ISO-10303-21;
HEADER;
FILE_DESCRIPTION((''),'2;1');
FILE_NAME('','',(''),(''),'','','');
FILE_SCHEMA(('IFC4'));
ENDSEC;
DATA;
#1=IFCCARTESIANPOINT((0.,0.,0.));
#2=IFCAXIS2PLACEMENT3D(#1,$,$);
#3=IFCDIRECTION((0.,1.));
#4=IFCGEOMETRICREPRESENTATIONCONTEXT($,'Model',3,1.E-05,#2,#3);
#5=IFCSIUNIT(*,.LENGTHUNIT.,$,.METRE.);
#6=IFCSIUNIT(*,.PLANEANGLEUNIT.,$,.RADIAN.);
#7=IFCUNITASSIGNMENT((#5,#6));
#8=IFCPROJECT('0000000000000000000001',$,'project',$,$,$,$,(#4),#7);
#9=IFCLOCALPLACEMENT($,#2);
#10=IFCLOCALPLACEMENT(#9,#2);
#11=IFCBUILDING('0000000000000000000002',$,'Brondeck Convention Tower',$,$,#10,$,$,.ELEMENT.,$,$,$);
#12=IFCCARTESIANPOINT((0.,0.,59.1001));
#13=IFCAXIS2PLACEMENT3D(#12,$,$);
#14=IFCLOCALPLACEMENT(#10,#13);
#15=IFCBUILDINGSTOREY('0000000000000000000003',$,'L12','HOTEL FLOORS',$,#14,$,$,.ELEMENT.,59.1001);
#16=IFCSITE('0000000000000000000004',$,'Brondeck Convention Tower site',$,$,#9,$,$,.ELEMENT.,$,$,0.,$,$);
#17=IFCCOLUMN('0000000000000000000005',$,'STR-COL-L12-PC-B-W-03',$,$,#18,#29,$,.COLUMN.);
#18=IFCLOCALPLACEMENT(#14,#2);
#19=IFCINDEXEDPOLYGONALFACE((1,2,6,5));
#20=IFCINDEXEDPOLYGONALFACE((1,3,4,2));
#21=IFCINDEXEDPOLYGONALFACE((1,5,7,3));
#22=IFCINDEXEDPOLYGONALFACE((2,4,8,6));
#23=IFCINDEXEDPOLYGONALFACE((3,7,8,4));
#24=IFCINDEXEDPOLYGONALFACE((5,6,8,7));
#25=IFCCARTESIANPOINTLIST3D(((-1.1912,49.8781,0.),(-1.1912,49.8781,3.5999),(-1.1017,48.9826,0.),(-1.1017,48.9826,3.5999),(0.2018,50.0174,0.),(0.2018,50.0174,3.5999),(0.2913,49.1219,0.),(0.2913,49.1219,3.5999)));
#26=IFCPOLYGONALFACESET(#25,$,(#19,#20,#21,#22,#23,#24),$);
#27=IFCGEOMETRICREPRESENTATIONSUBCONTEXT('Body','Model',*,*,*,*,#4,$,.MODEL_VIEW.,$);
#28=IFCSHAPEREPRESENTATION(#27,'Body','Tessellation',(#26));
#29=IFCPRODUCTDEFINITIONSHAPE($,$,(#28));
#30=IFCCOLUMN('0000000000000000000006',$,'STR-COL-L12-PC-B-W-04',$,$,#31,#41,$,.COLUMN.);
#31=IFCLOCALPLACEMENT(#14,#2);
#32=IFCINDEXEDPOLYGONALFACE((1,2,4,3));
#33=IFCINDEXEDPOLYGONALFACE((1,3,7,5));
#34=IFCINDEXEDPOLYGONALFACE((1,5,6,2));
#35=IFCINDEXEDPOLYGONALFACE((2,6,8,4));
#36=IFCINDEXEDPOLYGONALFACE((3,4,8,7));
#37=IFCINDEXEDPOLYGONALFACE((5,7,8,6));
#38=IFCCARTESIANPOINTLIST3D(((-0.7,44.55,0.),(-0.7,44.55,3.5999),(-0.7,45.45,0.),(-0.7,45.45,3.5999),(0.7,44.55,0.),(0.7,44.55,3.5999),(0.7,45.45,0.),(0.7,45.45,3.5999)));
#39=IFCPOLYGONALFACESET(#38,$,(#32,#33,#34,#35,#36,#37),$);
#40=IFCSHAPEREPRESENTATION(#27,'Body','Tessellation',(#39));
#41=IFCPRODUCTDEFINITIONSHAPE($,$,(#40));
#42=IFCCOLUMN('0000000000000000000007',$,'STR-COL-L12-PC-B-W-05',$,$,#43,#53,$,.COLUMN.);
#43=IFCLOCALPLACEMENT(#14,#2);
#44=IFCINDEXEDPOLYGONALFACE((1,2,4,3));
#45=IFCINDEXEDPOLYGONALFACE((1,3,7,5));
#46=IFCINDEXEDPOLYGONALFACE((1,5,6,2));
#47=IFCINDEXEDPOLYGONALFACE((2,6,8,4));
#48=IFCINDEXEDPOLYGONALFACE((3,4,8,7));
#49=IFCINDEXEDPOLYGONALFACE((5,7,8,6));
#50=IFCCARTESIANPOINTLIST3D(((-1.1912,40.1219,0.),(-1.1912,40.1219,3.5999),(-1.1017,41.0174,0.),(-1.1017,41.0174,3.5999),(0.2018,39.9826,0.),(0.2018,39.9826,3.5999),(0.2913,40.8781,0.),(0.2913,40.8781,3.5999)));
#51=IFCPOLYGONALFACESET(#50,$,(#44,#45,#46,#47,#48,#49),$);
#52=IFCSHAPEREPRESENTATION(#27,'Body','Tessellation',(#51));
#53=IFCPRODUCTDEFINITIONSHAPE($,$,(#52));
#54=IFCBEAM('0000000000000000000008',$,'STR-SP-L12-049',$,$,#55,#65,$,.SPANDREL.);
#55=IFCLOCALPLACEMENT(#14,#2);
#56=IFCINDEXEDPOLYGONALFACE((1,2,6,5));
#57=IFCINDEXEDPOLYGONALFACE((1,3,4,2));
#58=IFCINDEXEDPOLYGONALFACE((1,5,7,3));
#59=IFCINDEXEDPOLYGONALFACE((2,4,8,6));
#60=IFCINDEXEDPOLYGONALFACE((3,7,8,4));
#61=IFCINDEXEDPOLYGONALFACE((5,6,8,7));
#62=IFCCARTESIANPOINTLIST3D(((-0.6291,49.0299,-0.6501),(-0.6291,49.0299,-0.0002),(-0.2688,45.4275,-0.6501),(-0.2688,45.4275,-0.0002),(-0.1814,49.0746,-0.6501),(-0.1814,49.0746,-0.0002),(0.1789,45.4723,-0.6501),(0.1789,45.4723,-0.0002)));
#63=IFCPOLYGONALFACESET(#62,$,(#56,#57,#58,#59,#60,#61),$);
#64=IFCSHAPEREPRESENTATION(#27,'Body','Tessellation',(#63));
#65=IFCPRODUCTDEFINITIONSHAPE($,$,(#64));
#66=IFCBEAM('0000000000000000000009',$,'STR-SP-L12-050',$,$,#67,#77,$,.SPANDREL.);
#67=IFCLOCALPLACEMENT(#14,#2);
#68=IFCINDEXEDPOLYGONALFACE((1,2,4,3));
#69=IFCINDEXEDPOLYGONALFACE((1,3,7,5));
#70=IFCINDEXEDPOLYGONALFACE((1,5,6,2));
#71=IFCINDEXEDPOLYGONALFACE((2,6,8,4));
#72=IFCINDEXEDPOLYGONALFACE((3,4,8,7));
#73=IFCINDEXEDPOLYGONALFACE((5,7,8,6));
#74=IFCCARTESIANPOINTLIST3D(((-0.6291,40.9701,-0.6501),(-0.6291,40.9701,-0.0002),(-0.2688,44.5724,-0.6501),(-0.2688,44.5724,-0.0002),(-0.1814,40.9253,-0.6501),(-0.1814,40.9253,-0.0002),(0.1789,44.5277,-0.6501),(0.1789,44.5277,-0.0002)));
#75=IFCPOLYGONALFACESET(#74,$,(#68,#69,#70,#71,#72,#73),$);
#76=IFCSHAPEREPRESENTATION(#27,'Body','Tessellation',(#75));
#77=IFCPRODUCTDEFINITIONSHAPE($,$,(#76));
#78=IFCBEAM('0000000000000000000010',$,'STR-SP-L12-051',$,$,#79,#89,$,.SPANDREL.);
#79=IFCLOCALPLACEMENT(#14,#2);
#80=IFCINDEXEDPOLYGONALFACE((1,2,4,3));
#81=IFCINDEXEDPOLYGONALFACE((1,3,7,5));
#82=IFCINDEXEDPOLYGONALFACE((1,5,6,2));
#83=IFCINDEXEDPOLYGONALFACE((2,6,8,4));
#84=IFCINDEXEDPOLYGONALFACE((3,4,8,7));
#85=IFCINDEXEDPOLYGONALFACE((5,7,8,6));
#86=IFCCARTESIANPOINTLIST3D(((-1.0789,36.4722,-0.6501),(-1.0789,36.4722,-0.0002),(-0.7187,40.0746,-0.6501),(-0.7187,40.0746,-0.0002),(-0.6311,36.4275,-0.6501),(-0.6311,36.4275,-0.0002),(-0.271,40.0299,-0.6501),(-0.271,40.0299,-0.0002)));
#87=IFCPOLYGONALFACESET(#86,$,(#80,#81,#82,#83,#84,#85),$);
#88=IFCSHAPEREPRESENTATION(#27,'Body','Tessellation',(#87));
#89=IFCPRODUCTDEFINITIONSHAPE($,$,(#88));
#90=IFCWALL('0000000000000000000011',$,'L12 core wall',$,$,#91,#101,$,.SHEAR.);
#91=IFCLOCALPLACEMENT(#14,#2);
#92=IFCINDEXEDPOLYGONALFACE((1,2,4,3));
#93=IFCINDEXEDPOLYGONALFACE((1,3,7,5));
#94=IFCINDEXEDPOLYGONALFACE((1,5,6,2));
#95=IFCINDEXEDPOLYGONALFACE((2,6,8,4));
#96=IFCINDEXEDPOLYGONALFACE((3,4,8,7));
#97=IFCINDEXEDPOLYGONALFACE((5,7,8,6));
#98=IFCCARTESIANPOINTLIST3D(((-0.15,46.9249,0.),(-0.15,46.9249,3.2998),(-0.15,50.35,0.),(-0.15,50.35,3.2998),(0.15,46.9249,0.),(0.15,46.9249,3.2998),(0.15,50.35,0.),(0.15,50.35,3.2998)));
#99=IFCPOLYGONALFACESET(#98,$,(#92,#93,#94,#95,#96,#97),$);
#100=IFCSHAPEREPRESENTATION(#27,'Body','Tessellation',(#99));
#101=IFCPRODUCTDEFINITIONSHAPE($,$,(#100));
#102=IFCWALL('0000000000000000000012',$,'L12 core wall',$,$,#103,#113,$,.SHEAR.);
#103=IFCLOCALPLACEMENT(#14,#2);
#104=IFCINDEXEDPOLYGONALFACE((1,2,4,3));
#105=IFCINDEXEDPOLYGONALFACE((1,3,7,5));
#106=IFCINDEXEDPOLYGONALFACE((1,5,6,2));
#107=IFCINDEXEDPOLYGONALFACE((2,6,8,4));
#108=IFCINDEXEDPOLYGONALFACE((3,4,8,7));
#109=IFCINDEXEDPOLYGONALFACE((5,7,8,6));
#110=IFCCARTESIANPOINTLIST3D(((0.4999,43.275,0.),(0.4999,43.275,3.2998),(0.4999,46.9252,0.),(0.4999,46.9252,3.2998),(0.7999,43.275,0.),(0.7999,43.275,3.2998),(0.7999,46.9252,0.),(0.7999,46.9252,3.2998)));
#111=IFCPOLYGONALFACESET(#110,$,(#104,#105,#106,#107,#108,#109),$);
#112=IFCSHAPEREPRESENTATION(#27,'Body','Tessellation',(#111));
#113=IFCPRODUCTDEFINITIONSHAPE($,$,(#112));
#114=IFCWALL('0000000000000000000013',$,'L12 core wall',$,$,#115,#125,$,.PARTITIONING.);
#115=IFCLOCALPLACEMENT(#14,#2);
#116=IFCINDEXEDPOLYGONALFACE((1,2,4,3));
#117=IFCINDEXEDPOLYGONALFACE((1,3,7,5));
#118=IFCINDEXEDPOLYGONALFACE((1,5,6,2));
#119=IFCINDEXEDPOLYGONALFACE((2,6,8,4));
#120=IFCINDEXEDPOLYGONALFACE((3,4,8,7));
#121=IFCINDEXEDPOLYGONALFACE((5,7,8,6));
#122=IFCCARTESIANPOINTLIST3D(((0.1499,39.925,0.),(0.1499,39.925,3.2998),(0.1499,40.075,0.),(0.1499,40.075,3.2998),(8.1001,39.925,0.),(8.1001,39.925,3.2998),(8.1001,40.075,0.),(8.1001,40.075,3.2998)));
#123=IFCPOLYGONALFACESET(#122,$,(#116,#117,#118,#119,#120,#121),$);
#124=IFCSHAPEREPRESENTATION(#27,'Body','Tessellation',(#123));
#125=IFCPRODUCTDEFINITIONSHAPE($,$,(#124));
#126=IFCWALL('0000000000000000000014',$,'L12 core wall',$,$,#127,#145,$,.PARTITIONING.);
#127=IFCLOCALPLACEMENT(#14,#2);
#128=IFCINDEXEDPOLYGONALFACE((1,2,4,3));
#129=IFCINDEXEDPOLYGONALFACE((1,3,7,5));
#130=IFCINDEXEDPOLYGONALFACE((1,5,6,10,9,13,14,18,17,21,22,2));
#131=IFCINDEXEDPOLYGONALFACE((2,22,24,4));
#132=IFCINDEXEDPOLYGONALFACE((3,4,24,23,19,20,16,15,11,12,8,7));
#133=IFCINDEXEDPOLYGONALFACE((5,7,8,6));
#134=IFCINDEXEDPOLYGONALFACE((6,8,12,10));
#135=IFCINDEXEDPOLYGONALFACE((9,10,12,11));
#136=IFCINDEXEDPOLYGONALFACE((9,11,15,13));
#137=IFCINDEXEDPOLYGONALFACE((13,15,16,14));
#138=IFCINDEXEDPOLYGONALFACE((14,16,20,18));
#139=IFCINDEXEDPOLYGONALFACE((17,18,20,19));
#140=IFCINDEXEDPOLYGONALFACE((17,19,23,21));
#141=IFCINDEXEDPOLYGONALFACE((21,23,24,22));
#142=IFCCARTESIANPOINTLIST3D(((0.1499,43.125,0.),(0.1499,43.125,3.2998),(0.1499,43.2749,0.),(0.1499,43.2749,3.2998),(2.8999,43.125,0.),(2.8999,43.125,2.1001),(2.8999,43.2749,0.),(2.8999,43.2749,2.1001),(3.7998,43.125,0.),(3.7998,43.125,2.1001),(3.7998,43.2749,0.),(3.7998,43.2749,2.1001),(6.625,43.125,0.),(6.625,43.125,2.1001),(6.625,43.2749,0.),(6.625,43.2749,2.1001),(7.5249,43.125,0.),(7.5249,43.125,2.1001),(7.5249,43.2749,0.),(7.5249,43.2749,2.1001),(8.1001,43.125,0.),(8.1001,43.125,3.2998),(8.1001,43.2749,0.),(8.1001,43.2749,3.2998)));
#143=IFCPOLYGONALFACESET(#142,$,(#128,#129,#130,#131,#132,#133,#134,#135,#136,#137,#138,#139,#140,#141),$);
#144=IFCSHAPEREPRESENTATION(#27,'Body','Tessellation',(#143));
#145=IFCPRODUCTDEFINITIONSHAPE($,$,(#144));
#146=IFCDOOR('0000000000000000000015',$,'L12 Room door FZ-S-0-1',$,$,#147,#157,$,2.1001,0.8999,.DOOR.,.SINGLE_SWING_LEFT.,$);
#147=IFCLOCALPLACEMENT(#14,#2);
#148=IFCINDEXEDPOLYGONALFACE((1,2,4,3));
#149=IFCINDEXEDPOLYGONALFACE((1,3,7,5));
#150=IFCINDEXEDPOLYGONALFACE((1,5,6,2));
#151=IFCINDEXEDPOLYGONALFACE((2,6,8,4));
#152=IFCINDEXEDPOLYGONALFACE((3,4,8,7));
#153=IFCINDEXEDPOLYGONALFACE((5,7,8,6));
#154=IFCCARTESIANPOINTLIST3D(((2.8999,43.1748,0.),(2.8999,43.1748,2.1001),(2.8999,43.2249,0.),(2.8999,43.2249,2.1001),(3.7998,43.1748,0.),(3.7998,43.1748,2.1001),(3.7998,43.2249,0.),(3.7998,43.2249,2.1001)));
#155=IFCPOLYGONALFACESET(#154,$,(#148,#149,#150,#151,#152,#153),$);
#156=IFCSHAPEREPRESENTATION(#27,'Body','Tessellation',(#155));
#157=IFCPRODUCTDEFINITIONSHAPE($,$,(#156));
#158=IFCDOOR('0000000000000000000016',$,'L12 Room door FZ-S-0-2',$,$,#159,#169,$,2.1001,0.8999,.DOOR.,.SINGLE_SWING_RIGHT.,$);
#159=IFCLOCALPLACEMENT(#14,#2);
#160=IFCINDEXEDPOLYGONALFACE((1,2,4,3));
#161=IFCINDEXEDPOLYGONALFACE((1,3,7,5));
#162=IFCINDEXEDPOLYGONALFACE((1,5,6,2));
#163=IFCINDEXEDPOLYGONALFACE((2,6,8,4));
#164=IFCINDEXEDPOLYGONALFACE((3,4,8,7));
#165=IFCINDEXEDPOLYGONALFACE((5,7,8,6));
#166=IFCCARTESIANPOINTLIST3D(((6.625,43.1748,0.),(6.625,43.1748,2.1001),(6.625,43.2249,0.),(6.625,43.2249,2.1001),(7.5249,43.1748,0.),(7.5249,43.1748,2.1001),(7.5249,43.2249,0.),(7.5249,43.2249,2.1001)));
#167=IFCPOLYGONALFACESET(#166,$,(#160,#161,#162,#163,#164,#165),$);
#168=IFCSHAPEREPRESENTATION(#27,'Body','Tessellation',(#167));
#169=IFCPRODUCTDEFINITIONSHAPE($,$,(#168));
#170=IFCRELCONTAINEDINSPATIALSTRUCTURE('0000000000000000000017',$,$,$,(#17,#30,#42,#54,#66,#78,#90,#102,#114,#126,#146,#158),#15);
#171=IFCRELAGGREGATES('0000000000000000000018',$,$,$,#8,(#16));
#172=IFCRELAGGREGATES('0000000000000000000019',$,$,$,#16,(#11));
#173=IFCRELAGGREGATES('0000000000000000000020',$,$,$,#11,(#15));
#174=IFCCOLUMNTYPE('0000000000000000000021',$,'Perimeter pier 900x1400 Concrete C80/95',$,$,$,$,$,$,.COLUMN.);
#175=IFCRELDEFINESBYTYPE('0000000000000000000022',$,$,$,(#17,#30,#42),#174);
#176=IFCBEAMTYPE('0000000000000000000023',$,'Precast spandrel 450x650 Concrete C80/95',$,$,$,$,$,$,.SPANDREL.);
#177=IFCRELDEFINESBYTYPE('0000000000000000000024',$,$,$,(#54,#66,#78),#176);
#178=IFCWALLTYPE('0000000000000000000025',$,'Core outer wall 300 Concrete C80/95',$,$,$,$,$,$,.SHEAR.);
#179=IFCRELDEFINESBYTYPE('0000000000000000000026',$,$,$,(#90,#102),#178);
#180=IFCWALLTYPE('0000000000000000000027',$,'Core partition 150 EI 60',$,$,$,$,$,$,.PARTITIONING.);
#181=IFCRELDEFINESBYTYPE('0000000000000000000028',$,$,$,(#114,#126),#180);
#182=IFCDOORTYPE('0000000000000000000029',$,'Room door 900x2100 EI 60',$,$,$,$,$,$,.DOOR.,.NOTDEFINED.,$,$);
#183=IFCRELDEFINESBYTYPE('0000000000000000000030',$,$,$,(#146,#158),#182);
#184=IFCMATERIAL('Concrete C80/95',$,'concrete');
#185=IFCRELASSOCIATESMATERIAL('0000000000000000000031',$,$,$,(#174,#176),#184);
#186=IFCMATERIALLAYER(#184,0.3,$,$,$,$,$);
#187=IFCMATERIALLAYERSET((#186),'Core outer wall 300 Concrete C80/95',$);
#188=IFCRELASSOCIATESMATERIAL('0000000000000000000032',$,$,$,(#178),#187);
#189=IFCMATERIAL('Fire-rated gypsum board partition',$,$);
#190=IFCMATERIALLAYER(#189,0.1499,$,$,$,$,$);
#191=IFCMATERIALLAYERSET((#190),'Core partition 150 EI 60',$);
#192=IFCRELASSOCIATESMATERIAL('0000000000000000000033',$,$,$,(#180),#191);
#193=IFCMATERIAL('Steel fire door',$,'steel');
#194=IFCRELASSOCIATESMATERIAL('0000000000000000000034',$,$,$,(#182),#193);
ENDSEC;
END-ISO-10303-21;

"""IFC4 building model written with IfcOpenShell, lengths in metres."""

from ifc_helpers import new_model, si_unit, direction, frame, frame_2d, origin, origin_2d, place, context, subcontext, project, spatial, rectangle, extrude, material, layer, layer_set, material_profile, profile_set, type_object, element, fill, save


model = new_model("IFC4")

# Units and contexts
model_context = context("Model", 3, precision=1e-05, world=origin(), true_north=direction((0.0, 1.0)))
body_context = subcontext(model_context, "Body", "Model", "MODEL_VIEW")
ifc_project = project(units=[si_unit("LENGTHUNIT", "METRE"), si_unit("PLANEANGLEUNIT", "RADIAN")], contexts=[model_context])

# Site, building, storey
site_placement = place(None, origin())
site = spatial("IfcSite", under=ifc_project, at=site_placement, Name="Brondeck Convention Tower site", CompositionType="ELEMENT", RefElevation=0.0)
building_placement = place(site_placement, origin())
building = spatial("IfcBuilding", under=site, at=building_placement, Name="Brondeck Convention Tower", CompositionType="ELEMENT")
storey_placement = place(building_placement, frame((0.0, 0.0, 59.1001)))
storey = spatial("IfcBuildingStorey", under=building, at=storey_placement, Name="L12", Description="HOTEL FLOORS", CompositionType="ELEMENT", Elevation=59.1001)

# Columns
ifc_material_1 = material(Name="Concrete C80/95", Category="concrete")
ifc_material_profile_1 = material_profile(ifc_material_1, rectangle(XDim=0.8999, YDim=1.3999, at=origin_2d()), Name="Perimeter pier 900x1400 Concrete C80/95")
ifc_profile_set_1 = profile_set([ifc_material_profile_1], Name="Concrete C80/95")
column_type = type_object("IfcColumnType", Name="Perimeter pier 900x1400 Concrete C80/95", PredefinedType="COLUMN", material=ifc_profile_set_1)
for number, where, z_axis, x_axis, name in (
    (1, (-0.45, 49.5, 0.0), (0.0, 0.0, 1.0), (0.099504, -0.995037, 0.0), "STR-COL-L12-PC-B-W-03"),
    (2, (0.0, 45.0, 0.0), (0.0, 0.0, 1.0), (0.0, -1.0, 0.0), "STR-COL-L12-PC-B-W-04"),
    (3, (-0.45, 40.5, 0.0), (0.0, 0.0, 1.0), (-0.099504, -0.995037, 0.0), "STR-COL-L12-PC-B-W-05"),
):
    element("IfcColumn", number, at=place(storey_placement, frame(where, z_axis=z_axis, x_axis=x_axis)), inside=storey, type_object=column_type, Name=name, PredefinedType="COLUMN", context=body_context, shape_type="SweptSolid", body=[
        extrude(rectangle(XDim=0.8999, YDim=1.3999, at=origin_2d()), origin(), (0.0, 0.0, 1.0), 3.5999),
    ])

# Beams
ifc_material_profile_2 = material_profile(ifc_material_1, rectangle(XDim=0.45, YDim=0.6499, at=origin_2d()), Name="Precast spandrel 450x650 Concrete C80/95")
ifc_profile_set_2 = profile_set([ifc_material_profile_2], Name="Concrete C80/95")
beam_type = type_object("IfcBeamType", Name="Precast spandrel 450x650 Concrete C80/95", PredefinedType="SPANDREL", material=ifc_profile_set_2)
for number, where, z_axis, x_axis, name in (
    (4, (-0.4053, 49.0522, -0.3252), (0.099537, -0.995034, 0.0), (0.995034, 0.099537, 0.0), "STR-SP-L12-049"),
    (5, (-0.0449, 44.55, -0.3252), (-0.099537, -0.995034, 0.0), (0.995034, -0.099537, 0.0), "STR-SP-L12-050"),
    (6, (-0.4949, 40.0522, -0.3252), (-0.09947, -0.995041, 0.0), (0.995041, -0.09947, 0.0), "STR-SP-L12-051"),
):
    element("IfcBeam", number, at=place(storey_placement, frame(where, z_axis=z_axis, x_axis=x_axis)), inside=storey, type_object=beam_type, Name=name, PredefinedType="SPANDREL", context=body_context, shape_type="SweptSolid", body=[
        extrude(rectangle(XDim=0.45, YDim=0.6499, at=origin_2d()), origin(), (0.0, 0.0, 1.0), 3.6204),
    ])

# Walls
ifc_layer_1 = layer(ifc_material_1, 0.3)
ifc_layer_set_1 = layer_set([ifc_layer_1], Name="Core outer wall 300 Concrete C80/95")
wall_type_1 = type_object("IfcWallType", Name="Core outer wall 300 Concrete C80/95", PredefinedType="SHEAR", material=ifc_layer_set_1)
wall_1_placement = place(storey_placement, frame((0.0, 46.925, 0.0), z_axis=(0.0, 0.0, 1.0), x_axis=(0.0, 1.0, 0.0)))
element("IfcWall", 7, at=wall_1_placement, inside=storey, type_object=wall_type_1, Name="L12 core wall", PredefinedType="SHEAR", context=body_context, shape_type="SweptSolid", body=[
    extrude(rectangle(XDim=3.425, YDim=0.3, at=frame_2d((1.7124, 0.0))), origin(), (0.0, 0.0, 1.0), 3.2998),
])
wall_2_placement = place(storey_placement, frame((0.6499, 43.2749, 0.0), z_axis=(0.0, 0.0, 1.0), x_axis=(0.0, 1.0, 0.0)))
element("IfcWall", 8, at=wall_2_placement, inside=storey, type_object=wall_type_1, Name="L12 core wall", PredefinedType="SHEAR", context=body_context, shape_type="SweptSolid", body=[
    extrude(rectangle(XDim=3.6501, YDim=0.3, at=frame_2d((1.8252, 0.0))), origin(), (0.0, 0.0, 1.0), 3.2998),
])
ifc_material_2 = material(Name="Fire-rated gypsum board partition")
ifc_layer_2 = layer(ifc_material_2, 0.1499)
ifc_layer_set_2 = layer_set([ifc_layer_2], Name="Core partition 150 EI 60")
wall_type_2 = type_object("IfcWallType", Name="Core partition 150 EI 60", PredefinedType="PARTITIONING", material=ifc_layer_set_2)
wall_3_placement = place(storey_placement, frame((0.1499, 40.0, 0.0), z_axis=(0.0, 0.0, 1.0), x_axis=(1.0, 0.0, 0.0)))
element("IfcWall", 9, at=wall_3_placement, inside=storey, type_object=wall_type_2, Name="L12 core wall", PredefinedType="PARTITIONING", context=body_context, shape_type="SweptSolid", body=[
    extrude(rectangle(XDim=7.9502, YDim=0.1499, at=frame_2d((3.9751, 0.0))), origin(), (0.0, 0.0, 1.0), 3.2998),
])

# Wall, openings, doors
wall_4_placement = place(storey_placement, frame((0.1499, 43.2, 0.0), z_axis=(0.0, 0.0, 1.0), x_axis=(1.0, 0.0, 0.0)))
wall_4 = element("IfcWall", 10, at=wall_4_placement, inside=storey, type_object=wall_type_2, Name="L12 core wall", PredefinedType="PARTITIONING", context=body_context, shape_type="SweptSolid", body=[
    extrude(rectangle(XDim=7.9502, YDim=0.1499, at=frame_2d((3.9751, 0.0))), origin(), (0.0, 0.0, 1.0), 3.2998),
])
opening_1_placement = place(wall_4_placement, frame((2.75, 0.0, 0.0)))
opening_1 = element("IfcOpeningElement", 11, at=opening_1_placement, cuts=wall_4, PredefinedType="OPENING", context=body_context, shape_type="SweptSolid", body=[
    extrude(rectangle(XDim=0.8999, YDim=2.1001, at=frame_2d((0.45, 1.05))), frame((0.0, 0.085, 0.0), z_axis=(0.0, -1.0, 0.0), x_axis=(1.0, 0.0, 0.0)), (0.0, 0.0, 1.0), 0.1699),
])
opening_2_placement = place(wall_4_placement, frame((6.4751, 0.0, 0.0)))
opening_2 = element("IfcOpeningElement", 12, at=opening_2_placement, cuts=wall_4, PredefinedType="OPENING", context=body_context, shape_type="SweptSolid", body=[
    extrude(rectangle(XDim=0.8999, YDim=2.1001, at=frame_2d((0.45, 1.05))), frame((0.0, 0.085, 0.0), z_axis=(0.0, -1.0, 0.0), x_axis=(1.0, 0.0, 0.0)), (0.0, 0.0, 1.0), 0.1699),
])
ifc_material_3 = material(Name="Steel fire door", Category="steel")
door_type = type_object("IfcDoorType", Name="Room door 900x2100 EI 60", OperationType="NOTDEFINED", PredefinedType="DOOR", material=ifc_material_3)
door_1_placement = place(opening_1_placement, origin())
door_1 = element("IfcDoor", 13, at=door_1_placement, inside=storey, type_object=door_type, Name="L12 Room door FZ-S-0-1", OperationType="SINGLE_SWING_LEFT", OverallHeight=2.1001, OverallWidth=0.8999, PredefinedType="DOOR", context=body_context, shape_type="SweptSolid", body=[
    extrude(rectangle(XDim=0.8999, YDim=2.1001, at=frame_2d((0.45, 1.05))), frame((0.0, 0.0249, 0.0), z_axis=(0.0, -1.0, 0.0), x_axis=(1.0, 0.0, 0.0)), (0.0, 0.0, 1.0), 0.05),
])
fill(opening_1, door_1)
door_2_placement = place(opening_2_placement, origin())
door_2 = element("IfcDoor", 14, at=door_2_placement, inside=storey, type_object=door_type, Name="L12 Room door FZ-S-0-2", OperationType="SINGLE_SWING_RIGHT", OverallHeight=2.1001, OverallWidth=0.8999, PredefinedType="DOOR", context=body_context, shape_type="SweptSolid", body=[
    extrude(rectangle(XDim=0.8999, YDim=2.1001, at=frame_2d((0.45, 1.05))), frame((0.0, 0.0249, 0.0), z_axis=(0.0, -1.0, 0.0), x_axis=(1.0, 0.0, 0.0)), (0.0, 0.0, 1.0), 0.05),
])
fill(opening_2, door_2)

save(model, "model.ifc")
